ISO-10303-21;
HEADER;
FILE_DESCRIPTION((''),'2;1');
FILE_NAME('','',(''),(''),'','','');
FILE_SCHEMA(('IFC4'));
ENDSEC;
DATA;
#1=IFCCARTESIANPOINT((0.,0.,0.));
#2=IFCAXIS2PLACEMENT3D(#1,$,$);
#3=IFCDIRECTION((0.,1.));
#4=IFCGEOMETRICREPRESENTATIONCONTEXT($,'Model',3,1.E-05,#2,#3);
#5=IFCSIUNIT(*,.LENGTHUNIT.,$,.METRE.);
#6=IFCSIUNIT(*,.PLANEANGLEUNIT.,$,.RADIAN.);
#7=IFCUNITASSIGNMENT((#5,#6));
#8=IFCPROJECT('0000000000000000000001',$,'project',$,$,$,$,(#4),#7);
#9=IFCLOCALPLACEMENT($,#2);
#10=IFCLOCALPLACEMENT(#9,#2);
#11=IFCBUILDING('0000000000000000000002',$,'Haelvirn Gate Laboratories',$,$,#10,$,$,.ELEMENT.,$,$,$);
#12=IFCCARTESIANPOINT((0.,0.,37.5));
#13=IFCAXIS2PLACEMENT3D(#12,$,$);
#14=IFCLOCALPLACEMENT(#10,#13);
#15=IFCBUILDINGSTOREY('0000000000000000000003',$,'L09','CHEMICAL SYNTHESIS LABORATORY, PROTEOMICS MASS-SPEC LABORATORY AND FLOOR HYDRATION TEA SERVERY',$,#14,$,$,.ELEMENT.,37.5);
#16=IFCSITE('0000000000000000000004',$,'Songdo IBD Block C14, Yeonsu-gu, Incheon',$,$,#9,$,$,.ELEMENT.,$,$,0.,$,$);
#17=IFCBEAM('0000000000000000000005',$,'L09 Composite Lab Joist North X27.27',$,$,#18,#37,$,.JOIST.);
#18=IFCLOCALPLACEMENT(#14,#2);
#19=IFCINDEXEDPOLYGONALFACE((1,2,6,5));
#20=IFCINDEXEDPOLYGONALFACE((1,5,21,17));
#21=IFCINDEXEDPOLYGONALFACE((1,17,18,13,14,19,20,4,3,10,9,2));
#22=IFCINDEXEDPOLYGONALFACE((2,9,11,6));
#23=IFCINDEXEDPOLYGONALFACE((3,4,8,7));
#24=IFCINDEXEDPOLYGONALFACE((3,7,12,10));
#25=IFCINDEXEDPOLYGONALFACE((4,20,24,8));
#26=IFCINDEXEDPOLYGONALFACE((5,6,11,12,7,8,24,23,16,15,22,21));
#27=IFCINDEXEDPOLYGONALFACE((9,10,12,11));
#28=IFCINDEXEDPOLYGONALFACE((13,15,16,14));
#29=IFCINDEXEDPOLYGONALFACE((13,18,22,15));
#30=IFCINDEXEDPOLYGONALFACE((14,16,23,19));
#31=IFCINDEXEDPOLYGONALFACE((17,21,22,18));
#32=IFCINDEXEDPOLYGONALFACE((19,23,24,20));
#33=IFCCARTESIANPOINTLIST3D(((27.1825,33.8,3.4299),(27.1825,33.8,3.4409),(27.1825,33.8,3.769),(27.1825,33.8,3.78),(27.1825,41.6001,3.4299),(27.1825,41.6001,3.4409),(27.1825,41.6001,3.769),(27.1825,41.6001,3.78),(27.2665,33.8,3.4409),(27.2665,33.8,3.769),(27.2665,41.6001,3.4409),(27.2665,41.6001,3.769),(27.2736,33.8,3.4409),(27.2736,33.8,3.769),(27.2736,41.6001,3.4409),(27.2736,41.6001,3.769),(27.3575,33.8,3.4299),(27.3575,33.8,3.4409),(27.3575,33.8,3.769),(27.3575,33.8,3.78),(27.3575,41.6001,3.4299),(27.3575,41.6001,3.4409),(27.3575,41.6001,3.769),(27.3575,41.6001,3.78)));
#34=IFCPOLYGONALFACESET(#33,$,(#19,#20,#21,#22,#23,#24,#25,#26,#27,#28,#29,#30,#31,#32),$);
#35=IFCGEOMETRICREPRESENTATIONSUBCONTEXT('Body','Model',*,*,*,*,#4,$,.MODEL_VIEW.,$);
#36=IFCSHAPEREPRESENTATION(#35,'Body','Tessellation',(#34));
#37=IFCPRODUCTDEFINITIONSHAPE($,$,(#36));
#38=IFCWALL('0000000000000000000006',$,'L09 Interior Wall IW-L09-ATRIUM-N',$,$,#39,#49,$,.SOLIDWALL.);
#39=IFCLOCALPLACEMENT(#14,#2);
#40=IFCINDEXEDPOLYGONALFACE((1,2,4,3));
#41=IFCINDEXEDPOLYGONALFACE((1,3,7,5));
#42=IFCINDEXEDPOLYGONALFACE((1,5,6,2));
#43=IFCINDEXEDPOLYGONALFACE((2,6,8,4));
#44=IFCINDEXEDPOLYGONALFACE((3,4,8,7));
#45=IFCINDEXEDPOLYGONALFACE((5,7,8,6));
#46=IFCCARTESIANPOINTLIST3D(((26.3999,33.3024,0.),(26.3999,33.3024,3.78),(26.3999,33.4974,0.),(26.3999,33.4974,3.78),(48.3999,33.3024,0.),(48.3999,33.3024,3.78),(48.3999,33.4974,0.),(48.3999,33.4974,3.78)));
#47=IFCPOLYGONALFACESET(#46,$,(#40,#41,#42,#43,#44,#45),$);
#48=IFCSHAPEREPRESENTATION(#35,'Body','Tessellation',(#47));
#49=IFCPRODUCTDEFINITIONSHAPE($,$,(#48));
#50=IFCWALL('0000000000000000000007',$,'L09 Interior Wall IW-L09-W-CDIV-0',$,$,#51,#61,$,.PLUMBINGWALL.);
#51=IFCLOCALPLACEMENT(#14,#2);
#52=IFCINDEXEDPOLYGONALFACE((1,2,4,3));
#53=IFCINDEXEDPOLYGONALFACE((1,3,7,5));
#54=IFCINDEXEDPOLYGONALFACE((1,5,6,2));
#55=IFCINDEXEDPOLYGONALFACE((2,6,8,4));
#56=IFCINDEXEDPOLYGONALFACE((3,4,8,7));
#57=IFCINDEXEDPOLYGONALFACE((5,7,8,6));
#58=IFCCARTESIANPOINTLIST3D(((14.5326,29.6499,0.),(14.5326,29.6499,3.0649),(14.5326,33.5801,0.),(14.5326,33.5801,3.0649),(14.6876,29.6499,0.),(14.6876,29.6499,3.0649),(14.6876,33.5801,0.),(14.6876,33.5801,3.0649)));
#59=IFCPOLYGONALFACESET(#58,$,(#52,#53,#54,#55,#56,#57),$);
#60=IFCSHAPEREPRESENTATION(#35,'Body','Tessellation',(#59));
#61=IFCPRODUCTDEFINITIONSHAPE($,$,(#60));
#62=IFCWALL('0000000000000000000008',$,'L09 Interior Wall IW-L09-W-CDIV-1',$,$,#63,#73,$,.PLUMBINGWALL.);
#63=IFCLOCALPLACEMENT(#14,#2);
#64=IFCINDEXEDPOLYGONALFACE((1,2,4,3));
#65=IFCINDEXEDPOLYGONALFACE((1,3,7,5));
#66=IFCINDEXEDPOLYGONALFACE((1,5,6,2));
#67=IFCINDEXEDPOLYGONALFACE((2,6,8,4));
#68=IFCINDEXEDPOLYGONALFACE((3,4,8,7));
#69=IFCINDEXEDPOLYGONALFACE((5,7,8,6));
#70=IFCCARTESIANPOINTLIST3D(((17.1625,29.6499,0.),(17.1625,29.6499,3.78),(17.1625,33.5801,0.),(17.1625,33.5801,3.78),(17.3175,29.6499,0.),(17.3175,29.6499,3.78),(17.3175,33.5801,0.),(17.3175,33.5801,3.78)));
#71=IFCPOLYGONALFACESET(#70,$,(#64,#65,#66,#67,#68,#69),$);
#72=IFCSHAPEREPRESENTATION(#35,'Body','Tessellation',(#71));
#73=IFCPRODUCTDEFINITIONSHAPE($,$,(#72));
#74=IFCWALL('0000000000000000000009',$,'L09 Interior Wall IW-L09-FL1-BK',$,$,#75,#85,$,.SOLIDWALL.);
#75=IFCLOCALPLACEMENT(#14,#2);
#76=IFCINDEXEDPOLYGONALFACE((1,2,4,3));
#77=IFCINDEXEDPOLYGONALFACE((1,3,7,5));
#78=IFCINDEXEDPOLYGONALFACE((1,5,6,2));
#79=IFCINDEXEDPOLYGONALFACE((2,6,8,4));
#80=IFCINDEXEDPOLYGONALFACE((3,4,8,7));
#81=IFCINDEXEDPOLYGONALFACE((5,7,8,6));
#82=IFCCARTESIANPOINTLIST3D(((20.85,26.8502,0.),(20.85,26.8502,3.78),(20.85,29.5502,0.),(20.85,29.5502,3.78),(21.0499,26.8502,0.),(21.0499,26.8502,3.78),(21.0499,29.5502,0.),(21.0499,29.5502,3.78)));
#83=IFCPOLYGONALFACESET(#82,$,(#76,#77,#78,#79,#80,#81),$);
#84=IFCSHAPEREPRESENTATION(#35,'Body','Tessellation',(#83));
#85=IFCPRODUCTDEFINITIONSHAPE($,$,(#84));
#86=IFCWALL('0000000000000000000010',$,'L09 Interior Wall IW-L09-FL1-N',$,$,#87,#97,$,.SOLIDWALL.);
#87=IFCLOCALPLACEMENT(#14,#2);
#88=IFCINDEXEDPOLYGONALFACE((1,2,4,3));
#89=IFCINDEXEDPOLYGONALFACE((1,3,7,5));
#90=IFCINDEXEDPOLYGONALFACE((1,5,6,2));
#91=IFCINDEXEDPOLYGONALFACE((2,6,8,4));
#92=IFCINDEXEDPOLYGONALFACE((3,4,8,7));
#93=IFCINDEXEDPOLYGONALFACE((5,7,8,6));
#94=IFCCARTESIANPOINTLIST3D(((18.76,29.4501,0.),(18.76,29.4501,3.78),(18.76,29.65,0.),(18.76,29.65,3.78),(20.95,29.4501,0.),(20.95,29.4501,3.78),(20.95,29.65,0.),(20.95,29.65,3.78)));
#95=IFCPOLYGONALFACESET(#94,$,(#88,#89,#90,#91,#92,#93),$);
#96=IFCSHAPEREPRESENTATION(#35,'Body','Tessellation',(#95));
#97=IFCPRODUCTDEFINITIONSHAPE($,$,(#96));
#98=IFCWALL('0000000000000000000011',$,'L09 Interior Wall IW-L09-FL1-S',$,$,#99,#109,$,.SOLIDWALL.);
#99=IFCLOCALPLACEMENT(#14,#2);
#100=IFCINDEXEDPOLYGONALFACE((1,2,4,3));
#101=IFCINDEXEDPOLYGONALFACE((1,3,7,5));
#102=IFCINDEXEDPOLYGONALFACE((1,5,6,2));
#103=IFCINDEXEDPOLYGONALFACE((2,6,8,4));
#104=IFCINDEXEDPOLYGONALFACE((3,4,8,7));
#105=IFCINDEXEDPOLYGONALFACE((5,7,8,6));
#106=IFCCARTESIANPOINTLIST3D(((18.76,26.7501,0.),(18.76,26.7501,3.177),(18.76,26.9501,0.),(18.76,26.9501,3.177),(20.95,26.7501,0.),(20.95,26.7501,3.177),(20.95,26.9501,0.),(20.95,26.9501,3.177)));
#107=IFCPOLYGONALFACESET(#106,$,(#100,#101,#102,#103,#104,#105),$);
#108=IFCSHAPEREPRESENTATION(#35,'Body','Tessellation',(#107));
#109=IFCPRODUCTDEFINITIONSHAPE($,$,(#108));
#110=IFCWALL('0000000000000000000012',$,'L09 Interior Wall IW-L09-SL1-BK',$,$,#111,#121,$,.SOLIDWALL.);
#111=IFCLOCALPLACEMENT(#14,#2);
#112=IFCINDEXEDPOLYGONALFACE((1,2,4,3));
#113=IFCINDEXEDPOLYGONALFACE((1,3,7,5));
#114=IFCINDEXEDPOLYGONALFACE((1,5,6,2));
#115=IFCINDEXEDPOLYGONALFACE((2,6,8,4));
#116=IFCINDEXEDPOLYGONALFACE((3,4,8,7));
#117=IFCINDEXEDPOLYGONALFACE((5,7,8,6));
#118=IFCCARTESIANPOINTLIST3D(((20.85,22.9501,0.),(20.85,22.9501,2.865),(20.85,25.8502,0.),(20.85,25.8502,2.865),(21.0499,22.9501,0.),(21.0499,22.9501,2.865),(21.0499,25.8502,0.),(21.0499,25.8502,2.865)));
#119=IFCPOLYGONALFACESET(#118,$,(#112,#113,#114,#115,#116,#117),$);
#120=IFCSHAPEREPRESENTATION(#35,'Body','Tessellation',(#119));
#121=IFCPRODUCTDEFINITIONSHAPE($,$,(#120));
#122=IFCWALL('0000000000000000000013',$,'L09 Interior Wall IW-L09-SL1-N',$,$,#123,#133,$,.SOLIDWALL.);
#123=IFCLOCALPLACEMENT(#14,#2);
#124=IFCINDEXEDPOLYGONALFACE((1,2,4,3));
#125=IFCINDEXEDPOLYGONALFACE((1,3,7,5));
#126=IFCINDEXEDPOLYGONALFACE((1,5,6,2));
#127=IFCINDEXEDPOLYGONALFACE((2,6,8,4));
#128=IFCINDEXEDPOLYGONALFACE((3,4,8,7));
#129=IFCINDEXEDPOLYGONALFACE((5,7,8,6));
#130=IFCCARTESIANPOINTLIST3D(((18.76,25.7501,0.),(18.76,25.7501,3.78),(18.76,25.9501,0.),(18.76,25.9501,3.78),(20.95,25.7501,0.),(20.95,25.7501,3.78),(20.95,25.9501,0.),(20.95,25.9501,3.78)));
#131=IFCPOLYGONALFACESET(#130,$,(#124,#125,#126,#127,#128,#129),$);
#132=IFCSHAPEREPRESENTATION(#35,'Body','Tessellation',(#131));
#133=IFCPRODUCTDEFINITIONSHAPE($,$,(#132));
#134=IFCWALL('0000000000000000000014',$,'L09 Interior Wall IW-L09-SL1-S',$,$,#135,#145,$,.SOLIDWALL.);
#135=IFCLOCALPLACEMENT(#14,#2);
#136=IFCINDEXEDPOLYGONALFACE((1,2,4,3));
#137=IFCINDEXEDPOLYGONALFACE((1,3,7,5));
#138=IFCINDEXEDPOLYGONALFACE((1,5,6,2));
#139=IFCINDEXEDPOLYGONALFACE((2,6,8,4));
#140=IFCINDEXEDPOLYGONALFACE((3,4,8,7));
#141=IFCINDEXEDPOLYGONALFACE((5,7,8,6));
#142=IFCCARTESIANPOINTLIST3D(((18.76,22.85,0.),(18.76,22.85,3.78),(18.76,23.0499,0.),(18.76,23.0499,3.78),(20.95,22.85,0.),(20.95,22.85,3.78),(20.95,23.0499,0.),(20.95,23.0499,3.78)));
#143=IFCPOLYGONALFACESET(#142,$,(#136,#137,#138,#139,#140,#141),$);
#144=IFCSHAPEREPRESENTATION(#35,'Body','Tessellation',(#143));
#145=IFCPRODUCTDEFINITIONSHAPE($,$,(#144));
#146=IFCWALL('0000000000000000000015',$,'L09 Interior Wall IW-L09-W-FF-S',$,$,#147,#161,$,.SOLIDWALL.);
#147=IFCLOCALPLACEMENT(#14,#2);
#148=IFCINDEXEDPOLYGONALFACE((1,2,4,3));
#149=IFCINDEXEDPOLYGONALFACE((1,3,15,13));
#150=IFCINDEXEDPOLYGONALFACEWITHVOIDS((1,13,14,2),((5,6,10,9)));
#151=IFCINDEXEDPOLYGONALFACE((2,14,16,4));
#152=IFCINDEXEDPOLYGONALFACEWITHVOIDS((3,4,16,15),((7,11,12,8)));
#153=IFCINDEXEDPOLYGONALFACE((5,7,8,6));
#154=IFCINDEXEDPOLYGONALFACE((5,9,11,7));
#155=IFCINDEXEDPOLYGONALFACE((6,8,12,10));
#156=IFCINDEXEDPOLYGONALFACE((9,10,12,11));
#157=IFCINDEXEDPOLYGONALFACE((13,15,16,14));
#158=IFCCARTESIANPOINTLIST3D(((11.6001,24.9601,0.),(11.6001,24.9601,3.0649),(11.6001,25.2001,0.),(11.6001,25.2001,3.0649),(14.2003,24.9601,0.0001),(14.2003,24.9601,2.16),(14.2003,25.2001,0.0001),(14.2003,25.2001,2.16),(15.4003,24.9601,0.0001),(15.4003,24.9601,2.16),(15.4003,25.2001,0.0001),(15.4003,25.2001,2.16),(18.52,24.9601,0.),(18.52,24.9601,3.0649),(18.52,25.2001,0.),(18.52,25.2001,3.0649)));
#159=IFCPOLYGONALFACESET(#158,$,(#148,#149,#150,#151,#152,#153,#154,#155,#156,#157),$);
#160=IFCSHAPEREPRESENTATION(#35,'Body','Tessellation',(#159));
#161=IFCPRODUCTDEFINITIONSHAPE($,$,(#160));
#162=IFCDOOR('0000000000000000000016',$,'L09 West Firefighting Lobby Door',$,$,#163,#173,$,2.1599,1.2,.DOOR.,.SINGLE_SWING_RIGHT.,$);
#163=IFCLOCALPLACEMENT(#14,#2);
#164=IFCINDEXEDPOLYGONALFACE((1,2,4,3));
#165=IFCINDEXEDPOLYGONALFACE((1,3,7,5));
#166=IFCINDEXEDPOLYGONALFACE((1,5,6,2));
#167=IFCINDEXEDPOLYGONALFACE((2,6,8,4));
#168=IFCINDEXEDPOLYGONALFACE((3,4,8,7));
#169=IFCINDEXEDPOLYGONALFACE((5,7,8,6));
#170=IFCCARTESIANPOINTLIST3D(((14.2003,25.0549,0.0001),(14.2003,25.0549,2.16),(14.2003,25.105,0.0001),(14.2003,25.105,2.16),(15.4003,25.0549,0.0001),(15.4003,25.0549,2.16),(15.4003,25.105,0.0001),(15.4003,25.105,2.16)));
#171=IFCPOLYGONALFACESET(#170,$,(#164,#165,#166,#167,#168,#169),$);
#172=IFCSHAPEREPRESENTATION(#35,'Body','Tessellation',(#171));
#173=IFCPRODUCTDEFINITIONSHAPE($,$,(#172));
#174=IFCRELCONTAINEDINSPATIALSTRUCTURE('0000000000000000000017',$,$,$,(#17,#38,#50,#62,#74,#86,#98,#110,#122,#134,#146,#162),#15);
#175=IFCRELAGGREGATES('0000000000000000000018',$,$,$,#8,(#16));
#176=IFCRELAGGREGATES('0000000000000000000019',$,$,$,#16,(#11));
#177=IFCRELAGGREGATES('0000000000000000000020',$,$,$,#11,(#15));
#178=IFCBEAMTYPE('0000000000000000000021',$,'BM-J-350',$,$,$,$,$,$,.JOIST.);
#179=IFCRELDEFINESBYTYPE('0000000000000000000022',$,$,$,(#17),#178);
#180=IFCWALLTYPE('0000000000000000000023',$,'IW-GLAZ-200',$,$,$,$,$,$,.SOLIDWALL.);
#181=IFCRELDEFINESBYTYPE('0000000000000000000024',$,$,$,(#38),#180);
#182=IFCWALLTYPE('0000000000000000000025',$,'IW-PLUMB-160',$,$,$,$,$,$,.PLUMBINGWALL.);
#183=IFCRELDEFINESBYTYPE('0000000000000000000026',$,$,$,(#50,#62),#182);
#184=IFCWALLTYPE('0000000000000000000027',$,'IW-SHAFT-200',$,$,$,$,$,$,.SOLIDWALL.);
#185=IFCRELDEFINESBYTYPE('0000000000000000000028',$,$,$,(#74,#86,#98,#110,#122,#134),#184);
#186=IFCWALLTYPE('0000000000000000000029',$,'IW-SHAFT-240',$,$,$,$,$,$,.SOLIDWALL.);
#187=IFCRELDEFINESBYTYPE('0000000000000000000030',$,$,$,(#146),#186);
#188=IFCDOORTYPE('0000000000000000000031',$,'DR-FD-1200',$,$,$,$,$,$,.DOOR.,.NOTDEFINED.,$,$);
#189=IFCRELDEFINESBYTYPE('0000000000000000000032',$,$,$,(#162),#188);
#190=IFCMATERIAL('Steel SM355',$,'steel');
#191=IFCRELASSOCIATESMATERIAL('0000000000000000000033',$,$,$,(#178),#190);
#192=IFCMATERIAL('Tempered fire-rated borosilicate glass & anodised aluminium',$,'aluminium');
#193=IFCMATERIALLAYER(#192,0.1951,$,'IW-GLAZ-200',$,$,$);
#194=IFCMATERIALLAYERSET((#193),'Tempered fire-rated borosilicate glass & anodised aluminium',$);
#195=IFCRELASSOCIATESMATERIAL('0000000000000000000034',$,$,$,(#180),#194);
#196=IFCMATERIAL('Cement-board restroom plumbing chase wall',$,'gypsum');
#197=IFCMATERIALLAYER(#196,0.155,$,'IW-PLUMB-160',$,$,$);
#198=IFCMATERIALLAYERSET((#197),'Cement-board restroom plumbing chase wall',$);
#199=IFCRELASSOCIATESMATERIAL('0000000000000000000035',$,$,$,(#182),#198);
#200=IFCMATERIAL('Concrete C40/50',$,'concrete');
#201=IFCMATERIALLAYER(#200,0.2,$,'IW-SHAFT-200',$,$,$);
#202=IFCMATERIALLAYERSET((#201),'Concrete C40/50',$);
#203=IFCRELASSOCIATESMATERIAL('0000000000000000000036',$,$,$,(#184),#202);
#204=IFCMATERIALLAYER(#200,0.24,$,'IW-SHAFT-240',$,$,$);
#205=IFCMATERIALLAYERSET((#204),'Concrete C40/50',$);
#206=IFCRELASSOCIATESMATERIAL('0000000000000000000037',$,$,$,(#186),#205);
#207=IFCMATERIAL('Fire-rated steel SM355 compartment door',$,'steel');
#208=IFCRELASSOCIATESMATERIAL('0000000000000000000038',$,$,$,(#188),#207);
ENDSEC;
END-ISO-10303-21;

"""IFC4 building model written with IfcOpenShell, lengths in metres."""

from ifc_helpers import new_model, si_unit, direction, frame, frame_2d, origin, origin_2d, place, context, subcontext, project, spatial, rectangle, i_section, extrude, source, transform, mapped, material, layer, layer_set, material_profile, profile_set, type_object, type_shapes, element, fill, save


model = new_model("IFC4")

# Units and contexts
model_context = context("Model", 3, precision=1e-05, world=origin(), true_north=direction((0.0, 1.0)))
body_context = subcontext(model_context, "Body", "Model", "MODEL_VIEW")
ifc_project = project(units=[si_unit("LENGTHUNIT", "METRE"), si_unit("PLANEANGLEUNIT", "RADIAN")], contexts=[model_context])

# Site, building, storey
site_placement = place(None, origin())
site = spatial("IfcSite", under=ifc_project, at=site_placement, Name="Songdo IBD Block C14, Yeonsu-gu, Incheon", CompositionType="ELEMENT", RefElevation=0.0)
building_placement = place(site_placement, origin())
building = spatial("IfcBuilding", under=site, at=building_placement, Name="Haelvirn Gate Laboratories", CompositionType="ELEMENT")
storey_placement = place(building_placement, frame((0.0, 0.0, 37.5)))
storey = spatial("IfcBuildingStorey", under=building, at=storey_placement, Name="L09", Description="CHEMICAL SYNTHESIS LABORATORY, PROTEOMICS MASS-SPEC LABORATORY AND FLOOR HYDRATION TEA SERVERY", CompositionType="ELEMENT", Elevation=37.5)

# Beam
ifc_material_1 = material(Name="Steel SM355", Category="steel")
ifc_material_profile_1 = material_profile(ifc_material_1, i_section(OverallWidth=0.175, OverallDepth=0.3501, WebThickness=0.0071, FlangeThickness=0.011, at=origin_2d()), Name="H-350x175x7x11")
ifc_profile_set_1 = profile_set([ifc_material_profile_1], Name="Steel SM355")
beam_type_1 = type_object("IfcBeamType", Name="BM-J-350", PredefinedType="JOIST", material=ifc_profile_set_1)
shared_shape_1 = source(origin(), body_context, "Body", "SweptSolid", [
    extrude(i_section(OverallWidth=0.175, OverallDepth=0.3501, WebThickness=0.0071, FlangeThickness=0.011, at=origin_2d()), origin(), (0.0, 0.0, 1.0), 7.8),
])
type_shapes(beam_type_1, [shared_shape_1])
for number, where, z_axis, x_axis, name in (
    (1, (27.27, 33.8, 3.605), (0.0, 1.0, 0.0), (-1.0, 0.0, 0.0), "L09 Composite Lab Joist North X27.27"),
):
    element("IfcBeam", number, at=place(storey_placement, frame(where, z_axis=z_axis, x_axis=x_axis)), inside=storey, type_object=beam_type_1, Name=name, PredefinedType="JOIST", context=body_context, shape_type="MappedRepresentation", body=[
        mapped(shared_shape_1, transform((0.0, 0.0, 0.0), scale=1.0)),
    ])

# Walls
ifc_material_2 = material(Name="Tempered fire-rated borosilicate glass & anodised aluminium", Category="aluminium")
ifc_layer_1 = layer(ifc_material_2, 0.1951, Name="IW-GLAZ-200")
ifc_layer_set_1 = layer_set([ifc_layer_1], Name="Tempered fire-rated borosilicate glass & anodised aluminium")
wall_type_1 = type_object("IfcWallType", Name="IW-GLAZ-200", PredefinedType="SOLIDWALL", material=ifc_layer_set_1)
wall_1_placement = place(storey_placement, frame((26.3999, 33.3999, 0.0), z_axis=(0.0, 0.0, 1.0), x_axis=(1.0, 0.0, 0.0)))
element("IfcWall", 2, at=wall_1_placement, inside=storey, type_object=wall_type_1, Name="L09 Interior Wall IW-L09-ATRIUM-N", PredefinedType="SOLIDWALL", context=body_context, shape_type="SweptSolid", body=[
    extrude(rectangle(XDim=22.0, YDim=0.1951, at=frame_2d((11.0, 0.0))), origin(), (0.0, 0.0, 1.0), 3.78),
])
ifc_material_3 = material(Name="Cement-board restroom plumbing chase wall", Category="gypsum")
ifc_layer_2 = layer(ifc_material_3, 0.155, Name="IW-PLUMB-160")
ifc_layer_set_2 = layer_set([ifc_layer_2], Name="Cement-board restroom plumbing chase wall")
wall_type_2 = type_object("IfcWallType", Name="IW-PLUMB-160", PredefinedType="PLUMBINGWALL", material=ifc_layer_set_2)
wall_2_placement = place(storey_placement, frame((14.6101, 29.6499, 0.0), z_axis=(0.0, 0.0, 1.0), x_axis=(0.0, 1.0, 0.0)))
element("IfcWall", 3, at=wall_2_placement, inside=storey, type_object=wall_type_2, Name="L09 Interior Wall IW-L09-W-CDIV-0", PredefinedType="PLUMBINGWALL", context=body_context, shape_type="SweptSolid", body=[
    extrude(rectangle(XDim=3.9302, YDim=0.155, at=frame_2d((1.9651, 0.0))), origin(), (0.0, 0.0, 1.0), 3.0649),
])
wall_3_placement = place(storey_placement, frame((17.24, 29.6499, 0.0), z_axis=(0.0, 0.0, 1.0), x_axis=(0.0, 1.0, 0.0)))
element("IfcWall", 4, at=wall_3_placement, inside=storey, type_object=wall_type_2, Name="L09 Interior Wall IW-L09-W-CDIV-1", PredefinedType="PLUMBINGWALL", context=body_context, shape_type="SweptSolid", body=[
    extrude(rectangle(XDim=3.9302, YDim=0.155, at=frame_2d((1.9651, 0.0))), origin(), (0.0, 0.0, 1.0), 3.78),
])
ifc_material_4 = material(Name="Concrete C40/50", Category="concrete")
ifc_layer_3 = layer(ifc_material_4, 0.2, Name="IW-SHAFT-200")
ifc_layer_set_3 = layer_set([ifc_layer_3], Name="Concrete C40/50")
wall_type_3 = type_object("IfcWallType", Name="IW-SHAFT-200", PredefinedType="SOLIDWALL", material=ifc_layer_set_3)
wall_4_placement = place(storey_placement, frame((20.95, 26.8501, 0.0), z_axis=(0.0, 0.0, 1.0), x_axis=(0.0, 1.0, 0.0)))
element("IfcWall", 5, at=wall_4_placement, inside=storey, type_object=wall_type_3, Name="L09 Interior Wall IW-L09-FL1-BK", PredefinedType="SOLIDWALL", context=body_context, shape_type="SweptSolid", body=[
    extrude(rectangle(XDim=2.7, YDim=0.2, at=frame_2d((1.3501, 0.0))), origin(), (0.0, 0.0, 1.0), 3.78),
])
wall_5_placement = place(storey_placement, frame((18.76, 29.55, 0.0), z_axis=(0.0, 0.0, 1.0), x_axis=(1.0, 0.0, 0.0)))
element("IfcWall", 6, at=wall_5_placement, inside=storey, type_object=wall_type_3, Name="L09 Interior Wall IW-L09-FL1-N", PredefinedType="SOLIDWALL", context=body_context, shape_type="SweptSolid", body=[
    extrude(rectangle(XDim=2.1899, YDim=0.2, at=frame_2d((1.095, 0.0))), origin(), (0.0, 0.0, 1.0), 3.78),
])
wall_6_placement = place(storey_placement, frame((18.76, 26.8501, 0.0), z_axis=(0.0, 0.0, 1.0), x_axis=(1.0, 0.0, 0.0)))
element("IfcWall", 7, at=wall_6_placement, inside=storey, type_object=wall_type_3, Name="L09 Interior Wall IW-L09-FL1-S", PredefinedType="SOLIDWALL", context=body_context, shape_type="SweptSolid", body=[
    extrude(rectangle(XDim=2.1899, YDim=0.2, at=frame_2d((1.095, 0.0))), origin(), (0.0, 0.0, 1.0), 3.177),
])
wall_7_placement = place(storey_placement, frame((20.95, 22.95, 0.0), z_axis=(0.0, 0.0, 1.0), x_axis=(0.0, 1.0, 0.0)))
element("IfcWall", 8, at=wall_7_placement, inside=storey, type_object=wall_type_3, Name="L09 Interior Wall IW-L09-SL1-BK", PredefinedType="SOLIDWALL", context=body_context, shape_type="SweptSolid", body=[
    extrude(rectangle(XDim=2.9001, YDim=0.2, at=frame_2d((1.4502, 0.0))), origin(), (0.0, 0.0, 1.0), 2.865),
])
for number, where, z_axis, x_axis, name in (
    (9, (18.76, 25.8501, 0.0), (0.0, 0.0, 1.0), (1.0, 0.0, 0.0), "L09 Interior Wall IW-L09-SL1-N"),
    (10, (18.76, 22.95, 0.0), (0.0, 0.0, 1.0), (1.0, 0.0, 0.0), "L09 Interior Wall IW-L09-SL1-S"),
):
    element("IfcWall", number, at=place(storey_placement, frame(where, z_axis=z_axis, x_axis=x_axis)), inside=storey, type_object=wall_type_3, Name=name, PredefinedType="SOLIDWALL", context=body_context, shape_type="SweptSolid", body=[
        extrude(rectangle(XDim=2.1899, YDim=0.2, at=frame_2d((1.095, 0.0))), origin(), (0.0, 0.0, 1.0), 3.78),
    ])

# Wall, opening, door
ifc_layer_4 = layer(ifc_material_4, 0.24, Name="IW-SHAFT-240")
ifc_layer_set_4 = layer_set([ifc_layer_4], Name="Concrete C40/50")
wall_type_4 = type_object("IfcWallType", Name="IW-SHAFT-240", PredefinedType="SOLIDWALL", material=ifc_layer_set_4)
wall_8_placement = place(storey_placement, frame((11.6001, 25.0801, 0.0), z_axis=(0.0, 0.0, 1.0), x_axis=(1.0, 0.0, 0.0)))
wall_8 = element("IfcWall", 11, at=wall_8_placement, inside=storey, type_object=wall_type_4, Name="L09 Interior Wall IW-L09-W-FF-S", PredefinedType="SOLIDWALL", context=body_context, shape_type="SweptSolid", body=[
    extrude(rectangle(XDim=6.9199, YDim=0.24, at=frame_2d((3.46, 0.0))), origin(), (0.0, 0.0, 1.0), 3.0649),
])
opening_placement = place(wall_8_placement, frame((2.6001, 0.0, 0.0)))
opening = element("IfcOpeningElement", 12, at=opening_placement, cuts=wall_8, PredefinedType="OPENING", context=body_context, shape_type="SweptSolid", body=[
    extrude(rectangle(XDim=1.2, YDim=2.1599, at=frame_2d((0.6001, 1.0801))), frame((0.0, 0.1299, 0.0), z_axis=(0.0, -1.0, 0.0), x_axis=(1.0, 0.0, 0.0)), (0.0, 0.0, 1.0), 0.26),
])
ifc_material_5 = material(Name="Fire-rated steel SM355 compartment door", Category="steel")
door_type = type_object("IfcDoorType", Name="DR-FD-1200", OperationType="NOTDEFINED", PredefinedType="DOOR", material=ifc_material_5)
shared_shape_2 = source(origin(), body_context, "Body", "SweptSolid", [
    extrude(rectangle(XDim=1.2, YDim=2.1599, at=frame_2d((0.6001, 1.0801))), frame((0.0, 0.0249, 0.0), z_axis=(0.0, -1.0, 0.0), x_axis=(1.0, 0.0, 0.0)), (0.0, 0.0, 1.0), 0.05),
])
type_shapes(door_type, [shared_shape_2])
door_placement = place(opening_placement, origin())
door = element("IfcDoor", 13, at=door_placement, inside=storey, type_object=door_type, Name="L09 West Firefighting Lobby Door", OperationType="SINGLE_SWING_RIGHT", OverallHeight=2.1599, OverallWidth=1.2, PredefinedType="DOOR", context=body_context, shape_type="MappedRepresentation", body=[
    mapped(shared_shape_2, transform((0.0, 0.0, 0.0), scale=1.0)),
])
fill(opening, door)

save(model, "model.ifc")
